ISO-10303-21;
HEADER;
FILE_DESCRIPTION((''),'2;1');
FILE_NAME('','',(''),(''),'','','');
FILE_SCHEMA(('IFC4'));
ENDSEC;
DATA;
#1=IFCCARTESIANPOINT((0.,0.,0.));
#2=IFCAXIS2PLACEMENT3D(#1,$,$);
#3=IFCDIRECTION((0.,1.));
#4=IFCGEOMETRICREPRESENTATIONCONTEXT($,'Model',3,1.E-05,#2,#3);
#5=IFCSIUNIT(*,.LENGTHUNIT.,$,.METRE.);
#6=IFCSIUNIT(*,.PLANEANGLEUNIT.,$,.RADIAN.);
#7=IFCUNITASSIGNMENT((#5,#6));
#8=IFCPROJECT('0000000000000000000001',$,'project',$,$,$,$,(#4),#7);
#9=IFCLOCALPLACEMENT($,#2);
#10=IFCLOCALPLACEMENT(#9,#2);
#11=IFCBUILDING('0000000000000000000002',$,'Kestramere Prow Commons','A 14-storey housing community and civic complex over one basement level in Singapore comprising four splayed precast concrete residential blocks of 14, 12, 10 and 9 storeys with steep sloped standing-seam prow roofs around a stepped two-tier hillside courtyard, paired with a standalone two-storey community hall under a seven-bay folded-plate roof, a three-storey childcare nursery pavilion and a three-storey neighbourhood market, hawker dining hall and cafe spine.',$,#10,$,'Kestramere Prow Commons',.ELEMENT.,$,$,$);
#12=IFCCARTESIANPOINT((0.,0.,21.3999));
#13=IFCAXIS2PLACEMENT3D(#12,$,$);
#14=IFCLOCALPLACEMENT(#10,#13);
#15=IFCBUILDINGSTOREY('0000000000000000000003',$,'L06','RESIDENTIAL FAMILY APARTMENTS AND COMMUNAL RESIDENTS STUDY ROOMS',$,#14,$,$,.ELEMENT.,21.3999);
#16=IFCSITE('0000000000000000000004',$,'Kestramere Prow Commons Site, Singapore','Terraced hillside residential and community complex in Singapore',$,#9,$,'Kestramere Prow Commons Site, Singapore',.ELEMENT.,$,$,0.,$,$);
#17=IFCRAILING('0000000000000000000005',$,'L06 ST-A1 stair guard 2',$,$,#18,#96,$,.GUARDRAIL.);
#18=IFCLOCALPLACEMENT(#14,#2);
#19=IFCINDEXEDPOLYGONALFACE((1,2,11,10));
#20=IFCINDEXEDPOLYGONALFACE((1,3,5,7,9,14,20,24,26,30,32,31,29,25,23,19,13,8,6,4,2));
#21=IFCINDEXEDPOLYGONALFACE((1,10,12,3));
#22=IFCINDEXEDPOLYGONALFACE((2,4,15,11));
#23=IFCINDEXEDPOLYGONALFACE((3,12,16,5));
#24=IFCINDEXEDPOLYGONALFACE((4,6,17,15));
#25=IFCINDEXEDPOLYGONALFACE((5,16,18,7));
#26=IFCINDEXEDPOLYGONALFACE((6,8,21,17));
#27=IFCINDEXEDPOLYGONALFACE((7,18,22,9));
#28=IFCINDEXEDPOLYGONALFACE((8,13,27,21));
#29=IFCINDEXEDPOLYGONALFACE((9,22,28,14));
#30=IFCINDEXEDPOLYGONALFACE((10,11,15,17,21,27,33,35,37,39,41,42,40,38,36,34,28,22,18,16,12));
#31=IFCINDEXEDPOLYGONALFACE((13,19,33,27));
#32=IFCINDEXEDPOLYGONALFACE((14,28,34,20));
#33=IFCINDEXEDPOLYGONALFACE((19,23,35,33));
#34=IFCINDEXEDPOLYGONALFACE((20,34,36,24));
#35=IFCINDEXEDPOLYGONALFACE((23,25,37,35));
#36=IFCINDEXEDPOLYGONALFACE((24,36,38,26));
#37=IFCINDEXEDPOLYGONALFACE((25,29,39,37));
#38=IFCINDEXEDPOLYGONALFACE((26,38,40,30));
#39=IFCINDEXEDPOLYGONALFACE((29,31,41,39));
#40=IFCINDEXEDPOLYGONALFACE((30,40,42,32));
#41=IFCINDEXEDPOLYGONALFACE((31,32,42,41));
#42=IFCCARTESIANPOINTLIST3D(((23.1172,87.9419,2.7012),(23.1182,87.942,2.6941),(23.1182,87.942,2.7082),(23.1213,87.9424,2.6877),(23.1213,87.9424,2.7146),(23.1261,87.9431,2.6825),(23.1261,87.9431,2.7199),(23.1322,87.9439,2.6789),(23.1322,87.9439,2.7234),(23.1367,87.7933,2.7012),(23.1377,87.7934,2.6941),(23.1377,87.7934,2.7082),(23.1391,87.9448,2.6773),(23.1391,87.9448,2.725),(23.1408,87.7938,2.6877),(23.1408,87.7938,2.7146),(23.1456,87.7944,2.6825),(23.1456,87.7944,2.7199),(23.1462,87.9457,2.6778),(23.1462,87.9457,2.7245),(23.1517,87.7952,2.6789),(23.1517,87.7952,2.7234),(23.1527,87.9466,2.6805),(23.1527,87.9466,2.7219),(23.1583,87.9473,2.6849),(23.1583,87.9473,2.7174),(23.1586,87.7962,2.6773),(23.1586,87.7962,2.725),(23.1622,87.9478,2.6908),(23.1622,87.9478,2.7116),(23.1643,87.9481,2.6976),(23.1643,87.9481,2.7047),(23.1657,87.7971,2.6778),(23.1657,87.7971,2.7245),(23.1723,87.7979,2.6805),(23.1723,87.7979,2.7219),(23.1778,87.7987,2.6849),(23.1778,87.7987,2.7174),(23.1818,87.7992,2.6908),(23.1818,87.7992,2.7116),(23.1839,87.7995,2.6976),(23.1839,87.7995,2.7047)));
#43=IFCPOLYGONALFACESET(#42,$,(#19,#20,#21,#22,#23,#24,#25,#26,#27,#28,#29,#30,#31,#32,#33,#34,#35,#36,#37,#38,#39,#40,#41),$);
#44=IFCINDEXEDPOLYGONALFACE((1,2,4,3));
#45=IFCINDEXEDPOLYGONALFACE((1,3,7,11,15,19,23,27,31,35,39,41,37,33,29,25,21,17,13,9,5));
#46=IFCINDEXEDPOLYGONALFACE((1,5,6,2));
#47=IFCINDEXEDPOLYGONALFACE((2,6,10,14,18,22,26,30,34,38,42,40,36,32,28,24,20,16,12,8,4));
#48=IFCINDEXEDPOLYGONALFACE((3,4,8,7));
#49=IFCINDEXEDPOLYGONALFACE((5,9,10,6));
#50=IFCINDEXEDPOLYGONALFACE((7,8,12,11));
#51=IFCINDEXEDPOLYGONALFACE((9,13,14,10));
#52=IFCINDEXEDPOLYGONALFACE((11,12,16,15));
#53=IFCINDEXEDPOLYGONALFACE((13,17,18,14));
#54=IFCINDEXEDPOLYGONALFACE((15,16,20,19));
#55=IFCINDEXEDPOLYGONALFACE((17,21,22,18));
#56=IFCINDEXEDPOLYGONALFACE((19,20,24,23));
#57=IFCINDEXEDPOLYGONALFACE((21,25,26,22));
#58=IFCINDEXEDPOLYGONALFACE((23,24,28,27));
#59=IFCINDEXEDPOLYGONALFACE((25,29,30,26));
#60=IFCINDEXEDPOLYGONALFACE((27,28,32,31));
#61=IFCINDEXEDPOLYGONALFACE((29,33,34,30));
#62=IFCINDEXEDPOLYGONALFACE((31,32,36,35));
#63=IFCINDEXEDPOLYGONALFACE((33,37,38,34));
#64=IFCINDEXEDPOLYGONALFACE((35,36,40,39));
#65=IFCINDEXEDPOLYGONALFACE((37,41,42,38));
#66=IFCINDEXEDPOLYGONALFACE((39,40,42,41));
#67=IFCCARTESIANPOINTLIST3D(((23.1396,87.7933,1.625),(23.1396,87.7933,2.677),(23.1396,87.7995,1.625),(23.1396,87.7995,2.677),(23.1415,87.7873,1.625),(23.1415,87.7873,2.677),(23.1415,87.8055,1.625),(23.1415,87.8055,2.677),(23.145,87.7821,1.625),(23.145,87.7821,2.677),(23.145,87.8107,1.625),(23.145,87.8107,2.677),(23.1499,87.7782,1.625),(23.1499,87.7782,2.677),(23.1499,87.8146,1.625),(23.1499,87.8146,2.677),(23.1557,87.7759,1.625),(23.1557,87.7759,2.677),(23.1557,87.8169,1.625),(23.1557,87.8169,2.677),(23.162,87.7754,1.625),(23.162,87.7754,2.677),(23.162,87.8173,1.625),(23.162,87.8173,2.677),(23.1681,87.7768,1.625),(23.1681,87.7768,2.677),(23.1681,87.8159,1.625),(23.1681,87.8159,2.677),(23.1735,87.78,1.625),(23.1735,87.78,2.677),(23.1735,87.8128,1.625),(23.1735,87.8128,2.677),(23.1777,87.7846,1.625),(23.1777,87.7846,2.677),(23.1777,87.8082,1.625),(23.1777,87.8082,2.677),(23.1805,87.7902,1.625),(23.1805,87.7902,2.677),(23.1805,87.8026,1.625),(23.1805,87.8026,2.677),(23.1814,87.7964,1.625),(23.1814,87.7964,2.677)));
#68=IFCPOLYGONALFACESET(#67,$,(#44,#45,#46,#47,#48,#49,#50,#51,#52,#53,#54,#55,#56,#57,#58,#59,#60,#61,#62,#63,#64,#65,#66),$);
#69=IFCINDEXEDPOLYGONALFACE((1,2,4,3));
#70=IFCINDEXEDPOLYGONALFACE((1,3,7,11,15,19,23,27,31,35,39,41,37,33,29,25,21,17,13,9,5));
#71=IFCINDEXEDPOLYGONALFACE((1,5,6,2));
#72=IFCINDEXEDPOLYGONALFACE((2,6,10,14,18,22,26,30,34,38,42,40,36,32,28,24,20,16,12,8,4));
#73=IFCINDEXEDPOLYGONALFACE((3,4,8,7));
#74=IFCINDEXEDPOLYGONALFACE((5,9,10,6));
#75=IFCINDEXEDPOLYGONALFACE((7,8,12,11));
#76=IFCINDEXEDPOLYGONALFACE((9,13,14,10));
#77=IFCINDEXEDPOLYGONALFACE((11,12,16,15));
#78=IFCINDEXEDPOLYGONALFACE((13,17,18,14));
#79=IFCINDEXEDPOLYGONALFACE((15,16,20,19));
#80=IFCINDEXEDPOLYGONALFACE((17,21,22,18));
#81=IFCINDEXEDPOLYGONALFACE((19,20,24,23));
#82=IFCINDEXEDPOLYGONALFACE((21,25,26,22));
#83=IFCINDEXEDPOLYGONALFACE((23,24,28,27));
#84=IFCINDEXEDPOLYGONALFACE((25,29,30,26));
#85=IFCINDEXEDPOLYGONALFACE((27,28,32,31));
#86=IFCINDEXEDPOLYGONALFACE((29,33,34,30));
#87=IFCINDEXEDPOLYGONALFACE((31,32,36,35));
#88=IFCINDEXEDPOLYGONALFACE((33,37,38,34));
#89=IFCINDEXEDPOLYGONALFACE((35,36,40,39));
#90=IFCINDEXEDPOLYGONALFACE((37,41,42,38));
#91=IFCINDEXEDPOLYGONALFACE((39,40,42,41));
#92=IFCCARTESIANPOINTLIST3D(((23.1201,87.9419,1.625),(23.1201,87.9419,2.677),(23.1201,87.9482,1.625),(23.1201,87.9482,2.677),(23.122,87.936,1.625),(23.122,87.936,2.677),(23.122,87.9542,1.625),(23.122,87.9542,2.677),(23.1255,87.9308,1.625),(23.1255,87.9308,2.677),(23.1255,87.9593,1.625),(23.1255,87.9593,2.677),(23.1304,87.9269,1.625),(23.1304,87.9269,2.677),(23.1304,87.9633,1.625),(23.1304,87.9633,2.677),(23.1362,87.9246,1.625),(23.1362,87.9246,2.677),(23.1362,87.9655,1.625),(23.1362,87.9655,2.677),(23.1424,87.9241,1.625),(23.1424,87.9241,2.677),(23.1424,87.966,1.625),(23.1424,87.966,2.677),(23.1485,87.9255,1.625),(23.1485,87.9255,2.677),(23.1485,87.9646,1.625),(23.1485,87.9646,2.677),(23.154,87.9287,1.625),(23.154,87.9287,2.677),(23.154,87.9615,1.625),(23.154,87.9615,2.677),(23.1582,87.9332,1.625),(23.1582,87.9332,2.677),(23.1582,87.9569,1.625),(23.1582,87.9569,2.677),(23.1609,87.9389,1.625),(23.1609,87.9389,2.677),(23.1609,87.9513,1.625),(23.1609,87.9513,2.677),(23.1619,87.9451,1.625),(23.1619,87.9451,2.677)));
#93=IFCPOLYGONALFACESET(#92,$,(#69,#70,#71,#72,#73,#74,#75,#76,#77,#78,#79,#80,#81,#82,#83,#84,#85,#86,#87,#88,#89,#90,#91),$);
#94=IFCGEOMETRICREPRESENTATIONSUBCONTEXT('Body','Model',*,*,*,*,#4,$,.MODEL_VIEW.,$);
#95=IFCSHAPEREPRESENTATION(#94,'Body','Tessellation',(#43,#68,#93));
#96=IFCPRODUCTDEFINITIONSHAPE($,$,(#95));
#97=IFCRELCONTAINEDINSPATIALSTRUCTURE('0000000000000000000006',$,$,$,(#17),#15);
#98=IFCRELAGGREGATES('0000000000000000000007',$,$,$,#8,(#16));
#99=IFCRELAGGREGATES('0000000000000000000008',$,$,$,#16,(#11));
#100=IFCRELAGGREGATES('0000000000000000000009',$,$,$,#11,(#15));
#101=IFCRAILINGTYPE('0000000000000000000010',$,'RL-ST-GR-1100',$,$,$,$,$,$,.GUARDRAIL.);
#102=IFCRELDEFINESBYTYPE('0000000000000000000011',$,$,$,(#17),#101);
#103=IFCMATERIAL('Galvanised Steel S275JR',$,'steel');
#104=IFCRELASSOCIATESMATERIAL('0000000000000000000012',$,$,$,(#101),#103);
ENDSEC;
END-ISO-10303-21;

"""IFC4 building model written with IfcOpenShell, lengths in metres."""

from ifc_helpers import new_model, si_unit, direction, frame, origin, origin_2d, place, context, subcontext, project, spatial, circle, extrude, material, type_object, element, save


model = new_model("IFC4")

# Units and contexts
model_context = context("Model", 3, precision=1e-05, world=origin(), true_north=direction((0.0, 1.0)))
body_context = subcontext(model_context, "Body", "Model", "MODEL_VIEW")
ifc_project = project(units=[si_unit("LENGTHUNIT", "METRE"), si_unit("PLANEANGLEUNIT", "RADIAN")], contexts=[model_context])

# Site, building, storey
site_placement = place(None, origin())
site = spatial("IfcSite", under=ifc_project, at=site_placement, Name="Kestramere Prow Commons Site, Singapore", Description="Terraced hillside residential and community complex in Singapore", LongName="Kestramere Prow Commons Site, Singapore", CompositionType="ELEMENT", RefElevation=0.0)
building_placement = place(site_placement, origin())
building = spatial("IfcBuilding", under=site, at=building_placement, Name="Kestramere Prow Commons", Description="A 14-storey housing community and civic complex over one basement level in Singapore comprising four splayed precast concrete residential blocks of 14, 12, 10 and 9 storeys with steep sloped standing-seam prow roofs around a stepped two-tier hillside courtyard, paired with a standalone two-storey community hall under a seven-bay folded-plate roof, a three-storey childcare nursery pavilion and a three-storey neighbourhood market, hawker dining hall and cafe spine.", LongName="Kestramere Prow Commons", CompositionType="ELEMENT")
storey_placement = place(building_placement, frame((0.0, 0.0, 21.3999)))
storey = spatial("IfcBuildingStorey", under=building, at=storey_placement, Name="L06", Description="RESIDENTIAL FAMILY APARTMENTS AND COMMUNAL RESIDENTS STUDY ROOMS", CompositionType="ELEMENT", Elevation=21.3999)

# Railing
ifc_material_1 = material(Name="Galvanised Steel S275JR", Category="steel")
railing_type_1 = type_object("IfcRailingType", Name="RL-ST-GR-1100", PredefinedType="GUARDRAIL", material=ifc_material_1)
railing_1_placement = place(storey_placement, frame((23.1604, 87.7964, 1.625)))
element("IfcRailing", 1, at=railing_1_placement, inside=storey, type_object=railing_type_1, Name="L06 ST-A1 stair guard 2", PredefinedType="GUARDRAIL", context=body_context, shape_type="SweptSolid", body=[
    extrude(circle(Radius=0.0239, at=origin_2d()), frame((0.0, 0.0, 1.0762), z_axis=(-0.130244, 0.991482, 0.0), x_axis=(-0.991482, -0.130244, 0.0)), (0.0, 0.0, 1.0), 0.1499),
    extrude(circle(Radius=0.021, at=origin_2d()), origin(), (0.0, 0.0, 1.0), 1.052),
    extrude(circle(Radius=0.021, at=origin_2d()), frame((-0.0195, 0.1487, 0.0)), (0.0, 0.0, 1.0), 1.052),
])

save(model, "model.ifc")
